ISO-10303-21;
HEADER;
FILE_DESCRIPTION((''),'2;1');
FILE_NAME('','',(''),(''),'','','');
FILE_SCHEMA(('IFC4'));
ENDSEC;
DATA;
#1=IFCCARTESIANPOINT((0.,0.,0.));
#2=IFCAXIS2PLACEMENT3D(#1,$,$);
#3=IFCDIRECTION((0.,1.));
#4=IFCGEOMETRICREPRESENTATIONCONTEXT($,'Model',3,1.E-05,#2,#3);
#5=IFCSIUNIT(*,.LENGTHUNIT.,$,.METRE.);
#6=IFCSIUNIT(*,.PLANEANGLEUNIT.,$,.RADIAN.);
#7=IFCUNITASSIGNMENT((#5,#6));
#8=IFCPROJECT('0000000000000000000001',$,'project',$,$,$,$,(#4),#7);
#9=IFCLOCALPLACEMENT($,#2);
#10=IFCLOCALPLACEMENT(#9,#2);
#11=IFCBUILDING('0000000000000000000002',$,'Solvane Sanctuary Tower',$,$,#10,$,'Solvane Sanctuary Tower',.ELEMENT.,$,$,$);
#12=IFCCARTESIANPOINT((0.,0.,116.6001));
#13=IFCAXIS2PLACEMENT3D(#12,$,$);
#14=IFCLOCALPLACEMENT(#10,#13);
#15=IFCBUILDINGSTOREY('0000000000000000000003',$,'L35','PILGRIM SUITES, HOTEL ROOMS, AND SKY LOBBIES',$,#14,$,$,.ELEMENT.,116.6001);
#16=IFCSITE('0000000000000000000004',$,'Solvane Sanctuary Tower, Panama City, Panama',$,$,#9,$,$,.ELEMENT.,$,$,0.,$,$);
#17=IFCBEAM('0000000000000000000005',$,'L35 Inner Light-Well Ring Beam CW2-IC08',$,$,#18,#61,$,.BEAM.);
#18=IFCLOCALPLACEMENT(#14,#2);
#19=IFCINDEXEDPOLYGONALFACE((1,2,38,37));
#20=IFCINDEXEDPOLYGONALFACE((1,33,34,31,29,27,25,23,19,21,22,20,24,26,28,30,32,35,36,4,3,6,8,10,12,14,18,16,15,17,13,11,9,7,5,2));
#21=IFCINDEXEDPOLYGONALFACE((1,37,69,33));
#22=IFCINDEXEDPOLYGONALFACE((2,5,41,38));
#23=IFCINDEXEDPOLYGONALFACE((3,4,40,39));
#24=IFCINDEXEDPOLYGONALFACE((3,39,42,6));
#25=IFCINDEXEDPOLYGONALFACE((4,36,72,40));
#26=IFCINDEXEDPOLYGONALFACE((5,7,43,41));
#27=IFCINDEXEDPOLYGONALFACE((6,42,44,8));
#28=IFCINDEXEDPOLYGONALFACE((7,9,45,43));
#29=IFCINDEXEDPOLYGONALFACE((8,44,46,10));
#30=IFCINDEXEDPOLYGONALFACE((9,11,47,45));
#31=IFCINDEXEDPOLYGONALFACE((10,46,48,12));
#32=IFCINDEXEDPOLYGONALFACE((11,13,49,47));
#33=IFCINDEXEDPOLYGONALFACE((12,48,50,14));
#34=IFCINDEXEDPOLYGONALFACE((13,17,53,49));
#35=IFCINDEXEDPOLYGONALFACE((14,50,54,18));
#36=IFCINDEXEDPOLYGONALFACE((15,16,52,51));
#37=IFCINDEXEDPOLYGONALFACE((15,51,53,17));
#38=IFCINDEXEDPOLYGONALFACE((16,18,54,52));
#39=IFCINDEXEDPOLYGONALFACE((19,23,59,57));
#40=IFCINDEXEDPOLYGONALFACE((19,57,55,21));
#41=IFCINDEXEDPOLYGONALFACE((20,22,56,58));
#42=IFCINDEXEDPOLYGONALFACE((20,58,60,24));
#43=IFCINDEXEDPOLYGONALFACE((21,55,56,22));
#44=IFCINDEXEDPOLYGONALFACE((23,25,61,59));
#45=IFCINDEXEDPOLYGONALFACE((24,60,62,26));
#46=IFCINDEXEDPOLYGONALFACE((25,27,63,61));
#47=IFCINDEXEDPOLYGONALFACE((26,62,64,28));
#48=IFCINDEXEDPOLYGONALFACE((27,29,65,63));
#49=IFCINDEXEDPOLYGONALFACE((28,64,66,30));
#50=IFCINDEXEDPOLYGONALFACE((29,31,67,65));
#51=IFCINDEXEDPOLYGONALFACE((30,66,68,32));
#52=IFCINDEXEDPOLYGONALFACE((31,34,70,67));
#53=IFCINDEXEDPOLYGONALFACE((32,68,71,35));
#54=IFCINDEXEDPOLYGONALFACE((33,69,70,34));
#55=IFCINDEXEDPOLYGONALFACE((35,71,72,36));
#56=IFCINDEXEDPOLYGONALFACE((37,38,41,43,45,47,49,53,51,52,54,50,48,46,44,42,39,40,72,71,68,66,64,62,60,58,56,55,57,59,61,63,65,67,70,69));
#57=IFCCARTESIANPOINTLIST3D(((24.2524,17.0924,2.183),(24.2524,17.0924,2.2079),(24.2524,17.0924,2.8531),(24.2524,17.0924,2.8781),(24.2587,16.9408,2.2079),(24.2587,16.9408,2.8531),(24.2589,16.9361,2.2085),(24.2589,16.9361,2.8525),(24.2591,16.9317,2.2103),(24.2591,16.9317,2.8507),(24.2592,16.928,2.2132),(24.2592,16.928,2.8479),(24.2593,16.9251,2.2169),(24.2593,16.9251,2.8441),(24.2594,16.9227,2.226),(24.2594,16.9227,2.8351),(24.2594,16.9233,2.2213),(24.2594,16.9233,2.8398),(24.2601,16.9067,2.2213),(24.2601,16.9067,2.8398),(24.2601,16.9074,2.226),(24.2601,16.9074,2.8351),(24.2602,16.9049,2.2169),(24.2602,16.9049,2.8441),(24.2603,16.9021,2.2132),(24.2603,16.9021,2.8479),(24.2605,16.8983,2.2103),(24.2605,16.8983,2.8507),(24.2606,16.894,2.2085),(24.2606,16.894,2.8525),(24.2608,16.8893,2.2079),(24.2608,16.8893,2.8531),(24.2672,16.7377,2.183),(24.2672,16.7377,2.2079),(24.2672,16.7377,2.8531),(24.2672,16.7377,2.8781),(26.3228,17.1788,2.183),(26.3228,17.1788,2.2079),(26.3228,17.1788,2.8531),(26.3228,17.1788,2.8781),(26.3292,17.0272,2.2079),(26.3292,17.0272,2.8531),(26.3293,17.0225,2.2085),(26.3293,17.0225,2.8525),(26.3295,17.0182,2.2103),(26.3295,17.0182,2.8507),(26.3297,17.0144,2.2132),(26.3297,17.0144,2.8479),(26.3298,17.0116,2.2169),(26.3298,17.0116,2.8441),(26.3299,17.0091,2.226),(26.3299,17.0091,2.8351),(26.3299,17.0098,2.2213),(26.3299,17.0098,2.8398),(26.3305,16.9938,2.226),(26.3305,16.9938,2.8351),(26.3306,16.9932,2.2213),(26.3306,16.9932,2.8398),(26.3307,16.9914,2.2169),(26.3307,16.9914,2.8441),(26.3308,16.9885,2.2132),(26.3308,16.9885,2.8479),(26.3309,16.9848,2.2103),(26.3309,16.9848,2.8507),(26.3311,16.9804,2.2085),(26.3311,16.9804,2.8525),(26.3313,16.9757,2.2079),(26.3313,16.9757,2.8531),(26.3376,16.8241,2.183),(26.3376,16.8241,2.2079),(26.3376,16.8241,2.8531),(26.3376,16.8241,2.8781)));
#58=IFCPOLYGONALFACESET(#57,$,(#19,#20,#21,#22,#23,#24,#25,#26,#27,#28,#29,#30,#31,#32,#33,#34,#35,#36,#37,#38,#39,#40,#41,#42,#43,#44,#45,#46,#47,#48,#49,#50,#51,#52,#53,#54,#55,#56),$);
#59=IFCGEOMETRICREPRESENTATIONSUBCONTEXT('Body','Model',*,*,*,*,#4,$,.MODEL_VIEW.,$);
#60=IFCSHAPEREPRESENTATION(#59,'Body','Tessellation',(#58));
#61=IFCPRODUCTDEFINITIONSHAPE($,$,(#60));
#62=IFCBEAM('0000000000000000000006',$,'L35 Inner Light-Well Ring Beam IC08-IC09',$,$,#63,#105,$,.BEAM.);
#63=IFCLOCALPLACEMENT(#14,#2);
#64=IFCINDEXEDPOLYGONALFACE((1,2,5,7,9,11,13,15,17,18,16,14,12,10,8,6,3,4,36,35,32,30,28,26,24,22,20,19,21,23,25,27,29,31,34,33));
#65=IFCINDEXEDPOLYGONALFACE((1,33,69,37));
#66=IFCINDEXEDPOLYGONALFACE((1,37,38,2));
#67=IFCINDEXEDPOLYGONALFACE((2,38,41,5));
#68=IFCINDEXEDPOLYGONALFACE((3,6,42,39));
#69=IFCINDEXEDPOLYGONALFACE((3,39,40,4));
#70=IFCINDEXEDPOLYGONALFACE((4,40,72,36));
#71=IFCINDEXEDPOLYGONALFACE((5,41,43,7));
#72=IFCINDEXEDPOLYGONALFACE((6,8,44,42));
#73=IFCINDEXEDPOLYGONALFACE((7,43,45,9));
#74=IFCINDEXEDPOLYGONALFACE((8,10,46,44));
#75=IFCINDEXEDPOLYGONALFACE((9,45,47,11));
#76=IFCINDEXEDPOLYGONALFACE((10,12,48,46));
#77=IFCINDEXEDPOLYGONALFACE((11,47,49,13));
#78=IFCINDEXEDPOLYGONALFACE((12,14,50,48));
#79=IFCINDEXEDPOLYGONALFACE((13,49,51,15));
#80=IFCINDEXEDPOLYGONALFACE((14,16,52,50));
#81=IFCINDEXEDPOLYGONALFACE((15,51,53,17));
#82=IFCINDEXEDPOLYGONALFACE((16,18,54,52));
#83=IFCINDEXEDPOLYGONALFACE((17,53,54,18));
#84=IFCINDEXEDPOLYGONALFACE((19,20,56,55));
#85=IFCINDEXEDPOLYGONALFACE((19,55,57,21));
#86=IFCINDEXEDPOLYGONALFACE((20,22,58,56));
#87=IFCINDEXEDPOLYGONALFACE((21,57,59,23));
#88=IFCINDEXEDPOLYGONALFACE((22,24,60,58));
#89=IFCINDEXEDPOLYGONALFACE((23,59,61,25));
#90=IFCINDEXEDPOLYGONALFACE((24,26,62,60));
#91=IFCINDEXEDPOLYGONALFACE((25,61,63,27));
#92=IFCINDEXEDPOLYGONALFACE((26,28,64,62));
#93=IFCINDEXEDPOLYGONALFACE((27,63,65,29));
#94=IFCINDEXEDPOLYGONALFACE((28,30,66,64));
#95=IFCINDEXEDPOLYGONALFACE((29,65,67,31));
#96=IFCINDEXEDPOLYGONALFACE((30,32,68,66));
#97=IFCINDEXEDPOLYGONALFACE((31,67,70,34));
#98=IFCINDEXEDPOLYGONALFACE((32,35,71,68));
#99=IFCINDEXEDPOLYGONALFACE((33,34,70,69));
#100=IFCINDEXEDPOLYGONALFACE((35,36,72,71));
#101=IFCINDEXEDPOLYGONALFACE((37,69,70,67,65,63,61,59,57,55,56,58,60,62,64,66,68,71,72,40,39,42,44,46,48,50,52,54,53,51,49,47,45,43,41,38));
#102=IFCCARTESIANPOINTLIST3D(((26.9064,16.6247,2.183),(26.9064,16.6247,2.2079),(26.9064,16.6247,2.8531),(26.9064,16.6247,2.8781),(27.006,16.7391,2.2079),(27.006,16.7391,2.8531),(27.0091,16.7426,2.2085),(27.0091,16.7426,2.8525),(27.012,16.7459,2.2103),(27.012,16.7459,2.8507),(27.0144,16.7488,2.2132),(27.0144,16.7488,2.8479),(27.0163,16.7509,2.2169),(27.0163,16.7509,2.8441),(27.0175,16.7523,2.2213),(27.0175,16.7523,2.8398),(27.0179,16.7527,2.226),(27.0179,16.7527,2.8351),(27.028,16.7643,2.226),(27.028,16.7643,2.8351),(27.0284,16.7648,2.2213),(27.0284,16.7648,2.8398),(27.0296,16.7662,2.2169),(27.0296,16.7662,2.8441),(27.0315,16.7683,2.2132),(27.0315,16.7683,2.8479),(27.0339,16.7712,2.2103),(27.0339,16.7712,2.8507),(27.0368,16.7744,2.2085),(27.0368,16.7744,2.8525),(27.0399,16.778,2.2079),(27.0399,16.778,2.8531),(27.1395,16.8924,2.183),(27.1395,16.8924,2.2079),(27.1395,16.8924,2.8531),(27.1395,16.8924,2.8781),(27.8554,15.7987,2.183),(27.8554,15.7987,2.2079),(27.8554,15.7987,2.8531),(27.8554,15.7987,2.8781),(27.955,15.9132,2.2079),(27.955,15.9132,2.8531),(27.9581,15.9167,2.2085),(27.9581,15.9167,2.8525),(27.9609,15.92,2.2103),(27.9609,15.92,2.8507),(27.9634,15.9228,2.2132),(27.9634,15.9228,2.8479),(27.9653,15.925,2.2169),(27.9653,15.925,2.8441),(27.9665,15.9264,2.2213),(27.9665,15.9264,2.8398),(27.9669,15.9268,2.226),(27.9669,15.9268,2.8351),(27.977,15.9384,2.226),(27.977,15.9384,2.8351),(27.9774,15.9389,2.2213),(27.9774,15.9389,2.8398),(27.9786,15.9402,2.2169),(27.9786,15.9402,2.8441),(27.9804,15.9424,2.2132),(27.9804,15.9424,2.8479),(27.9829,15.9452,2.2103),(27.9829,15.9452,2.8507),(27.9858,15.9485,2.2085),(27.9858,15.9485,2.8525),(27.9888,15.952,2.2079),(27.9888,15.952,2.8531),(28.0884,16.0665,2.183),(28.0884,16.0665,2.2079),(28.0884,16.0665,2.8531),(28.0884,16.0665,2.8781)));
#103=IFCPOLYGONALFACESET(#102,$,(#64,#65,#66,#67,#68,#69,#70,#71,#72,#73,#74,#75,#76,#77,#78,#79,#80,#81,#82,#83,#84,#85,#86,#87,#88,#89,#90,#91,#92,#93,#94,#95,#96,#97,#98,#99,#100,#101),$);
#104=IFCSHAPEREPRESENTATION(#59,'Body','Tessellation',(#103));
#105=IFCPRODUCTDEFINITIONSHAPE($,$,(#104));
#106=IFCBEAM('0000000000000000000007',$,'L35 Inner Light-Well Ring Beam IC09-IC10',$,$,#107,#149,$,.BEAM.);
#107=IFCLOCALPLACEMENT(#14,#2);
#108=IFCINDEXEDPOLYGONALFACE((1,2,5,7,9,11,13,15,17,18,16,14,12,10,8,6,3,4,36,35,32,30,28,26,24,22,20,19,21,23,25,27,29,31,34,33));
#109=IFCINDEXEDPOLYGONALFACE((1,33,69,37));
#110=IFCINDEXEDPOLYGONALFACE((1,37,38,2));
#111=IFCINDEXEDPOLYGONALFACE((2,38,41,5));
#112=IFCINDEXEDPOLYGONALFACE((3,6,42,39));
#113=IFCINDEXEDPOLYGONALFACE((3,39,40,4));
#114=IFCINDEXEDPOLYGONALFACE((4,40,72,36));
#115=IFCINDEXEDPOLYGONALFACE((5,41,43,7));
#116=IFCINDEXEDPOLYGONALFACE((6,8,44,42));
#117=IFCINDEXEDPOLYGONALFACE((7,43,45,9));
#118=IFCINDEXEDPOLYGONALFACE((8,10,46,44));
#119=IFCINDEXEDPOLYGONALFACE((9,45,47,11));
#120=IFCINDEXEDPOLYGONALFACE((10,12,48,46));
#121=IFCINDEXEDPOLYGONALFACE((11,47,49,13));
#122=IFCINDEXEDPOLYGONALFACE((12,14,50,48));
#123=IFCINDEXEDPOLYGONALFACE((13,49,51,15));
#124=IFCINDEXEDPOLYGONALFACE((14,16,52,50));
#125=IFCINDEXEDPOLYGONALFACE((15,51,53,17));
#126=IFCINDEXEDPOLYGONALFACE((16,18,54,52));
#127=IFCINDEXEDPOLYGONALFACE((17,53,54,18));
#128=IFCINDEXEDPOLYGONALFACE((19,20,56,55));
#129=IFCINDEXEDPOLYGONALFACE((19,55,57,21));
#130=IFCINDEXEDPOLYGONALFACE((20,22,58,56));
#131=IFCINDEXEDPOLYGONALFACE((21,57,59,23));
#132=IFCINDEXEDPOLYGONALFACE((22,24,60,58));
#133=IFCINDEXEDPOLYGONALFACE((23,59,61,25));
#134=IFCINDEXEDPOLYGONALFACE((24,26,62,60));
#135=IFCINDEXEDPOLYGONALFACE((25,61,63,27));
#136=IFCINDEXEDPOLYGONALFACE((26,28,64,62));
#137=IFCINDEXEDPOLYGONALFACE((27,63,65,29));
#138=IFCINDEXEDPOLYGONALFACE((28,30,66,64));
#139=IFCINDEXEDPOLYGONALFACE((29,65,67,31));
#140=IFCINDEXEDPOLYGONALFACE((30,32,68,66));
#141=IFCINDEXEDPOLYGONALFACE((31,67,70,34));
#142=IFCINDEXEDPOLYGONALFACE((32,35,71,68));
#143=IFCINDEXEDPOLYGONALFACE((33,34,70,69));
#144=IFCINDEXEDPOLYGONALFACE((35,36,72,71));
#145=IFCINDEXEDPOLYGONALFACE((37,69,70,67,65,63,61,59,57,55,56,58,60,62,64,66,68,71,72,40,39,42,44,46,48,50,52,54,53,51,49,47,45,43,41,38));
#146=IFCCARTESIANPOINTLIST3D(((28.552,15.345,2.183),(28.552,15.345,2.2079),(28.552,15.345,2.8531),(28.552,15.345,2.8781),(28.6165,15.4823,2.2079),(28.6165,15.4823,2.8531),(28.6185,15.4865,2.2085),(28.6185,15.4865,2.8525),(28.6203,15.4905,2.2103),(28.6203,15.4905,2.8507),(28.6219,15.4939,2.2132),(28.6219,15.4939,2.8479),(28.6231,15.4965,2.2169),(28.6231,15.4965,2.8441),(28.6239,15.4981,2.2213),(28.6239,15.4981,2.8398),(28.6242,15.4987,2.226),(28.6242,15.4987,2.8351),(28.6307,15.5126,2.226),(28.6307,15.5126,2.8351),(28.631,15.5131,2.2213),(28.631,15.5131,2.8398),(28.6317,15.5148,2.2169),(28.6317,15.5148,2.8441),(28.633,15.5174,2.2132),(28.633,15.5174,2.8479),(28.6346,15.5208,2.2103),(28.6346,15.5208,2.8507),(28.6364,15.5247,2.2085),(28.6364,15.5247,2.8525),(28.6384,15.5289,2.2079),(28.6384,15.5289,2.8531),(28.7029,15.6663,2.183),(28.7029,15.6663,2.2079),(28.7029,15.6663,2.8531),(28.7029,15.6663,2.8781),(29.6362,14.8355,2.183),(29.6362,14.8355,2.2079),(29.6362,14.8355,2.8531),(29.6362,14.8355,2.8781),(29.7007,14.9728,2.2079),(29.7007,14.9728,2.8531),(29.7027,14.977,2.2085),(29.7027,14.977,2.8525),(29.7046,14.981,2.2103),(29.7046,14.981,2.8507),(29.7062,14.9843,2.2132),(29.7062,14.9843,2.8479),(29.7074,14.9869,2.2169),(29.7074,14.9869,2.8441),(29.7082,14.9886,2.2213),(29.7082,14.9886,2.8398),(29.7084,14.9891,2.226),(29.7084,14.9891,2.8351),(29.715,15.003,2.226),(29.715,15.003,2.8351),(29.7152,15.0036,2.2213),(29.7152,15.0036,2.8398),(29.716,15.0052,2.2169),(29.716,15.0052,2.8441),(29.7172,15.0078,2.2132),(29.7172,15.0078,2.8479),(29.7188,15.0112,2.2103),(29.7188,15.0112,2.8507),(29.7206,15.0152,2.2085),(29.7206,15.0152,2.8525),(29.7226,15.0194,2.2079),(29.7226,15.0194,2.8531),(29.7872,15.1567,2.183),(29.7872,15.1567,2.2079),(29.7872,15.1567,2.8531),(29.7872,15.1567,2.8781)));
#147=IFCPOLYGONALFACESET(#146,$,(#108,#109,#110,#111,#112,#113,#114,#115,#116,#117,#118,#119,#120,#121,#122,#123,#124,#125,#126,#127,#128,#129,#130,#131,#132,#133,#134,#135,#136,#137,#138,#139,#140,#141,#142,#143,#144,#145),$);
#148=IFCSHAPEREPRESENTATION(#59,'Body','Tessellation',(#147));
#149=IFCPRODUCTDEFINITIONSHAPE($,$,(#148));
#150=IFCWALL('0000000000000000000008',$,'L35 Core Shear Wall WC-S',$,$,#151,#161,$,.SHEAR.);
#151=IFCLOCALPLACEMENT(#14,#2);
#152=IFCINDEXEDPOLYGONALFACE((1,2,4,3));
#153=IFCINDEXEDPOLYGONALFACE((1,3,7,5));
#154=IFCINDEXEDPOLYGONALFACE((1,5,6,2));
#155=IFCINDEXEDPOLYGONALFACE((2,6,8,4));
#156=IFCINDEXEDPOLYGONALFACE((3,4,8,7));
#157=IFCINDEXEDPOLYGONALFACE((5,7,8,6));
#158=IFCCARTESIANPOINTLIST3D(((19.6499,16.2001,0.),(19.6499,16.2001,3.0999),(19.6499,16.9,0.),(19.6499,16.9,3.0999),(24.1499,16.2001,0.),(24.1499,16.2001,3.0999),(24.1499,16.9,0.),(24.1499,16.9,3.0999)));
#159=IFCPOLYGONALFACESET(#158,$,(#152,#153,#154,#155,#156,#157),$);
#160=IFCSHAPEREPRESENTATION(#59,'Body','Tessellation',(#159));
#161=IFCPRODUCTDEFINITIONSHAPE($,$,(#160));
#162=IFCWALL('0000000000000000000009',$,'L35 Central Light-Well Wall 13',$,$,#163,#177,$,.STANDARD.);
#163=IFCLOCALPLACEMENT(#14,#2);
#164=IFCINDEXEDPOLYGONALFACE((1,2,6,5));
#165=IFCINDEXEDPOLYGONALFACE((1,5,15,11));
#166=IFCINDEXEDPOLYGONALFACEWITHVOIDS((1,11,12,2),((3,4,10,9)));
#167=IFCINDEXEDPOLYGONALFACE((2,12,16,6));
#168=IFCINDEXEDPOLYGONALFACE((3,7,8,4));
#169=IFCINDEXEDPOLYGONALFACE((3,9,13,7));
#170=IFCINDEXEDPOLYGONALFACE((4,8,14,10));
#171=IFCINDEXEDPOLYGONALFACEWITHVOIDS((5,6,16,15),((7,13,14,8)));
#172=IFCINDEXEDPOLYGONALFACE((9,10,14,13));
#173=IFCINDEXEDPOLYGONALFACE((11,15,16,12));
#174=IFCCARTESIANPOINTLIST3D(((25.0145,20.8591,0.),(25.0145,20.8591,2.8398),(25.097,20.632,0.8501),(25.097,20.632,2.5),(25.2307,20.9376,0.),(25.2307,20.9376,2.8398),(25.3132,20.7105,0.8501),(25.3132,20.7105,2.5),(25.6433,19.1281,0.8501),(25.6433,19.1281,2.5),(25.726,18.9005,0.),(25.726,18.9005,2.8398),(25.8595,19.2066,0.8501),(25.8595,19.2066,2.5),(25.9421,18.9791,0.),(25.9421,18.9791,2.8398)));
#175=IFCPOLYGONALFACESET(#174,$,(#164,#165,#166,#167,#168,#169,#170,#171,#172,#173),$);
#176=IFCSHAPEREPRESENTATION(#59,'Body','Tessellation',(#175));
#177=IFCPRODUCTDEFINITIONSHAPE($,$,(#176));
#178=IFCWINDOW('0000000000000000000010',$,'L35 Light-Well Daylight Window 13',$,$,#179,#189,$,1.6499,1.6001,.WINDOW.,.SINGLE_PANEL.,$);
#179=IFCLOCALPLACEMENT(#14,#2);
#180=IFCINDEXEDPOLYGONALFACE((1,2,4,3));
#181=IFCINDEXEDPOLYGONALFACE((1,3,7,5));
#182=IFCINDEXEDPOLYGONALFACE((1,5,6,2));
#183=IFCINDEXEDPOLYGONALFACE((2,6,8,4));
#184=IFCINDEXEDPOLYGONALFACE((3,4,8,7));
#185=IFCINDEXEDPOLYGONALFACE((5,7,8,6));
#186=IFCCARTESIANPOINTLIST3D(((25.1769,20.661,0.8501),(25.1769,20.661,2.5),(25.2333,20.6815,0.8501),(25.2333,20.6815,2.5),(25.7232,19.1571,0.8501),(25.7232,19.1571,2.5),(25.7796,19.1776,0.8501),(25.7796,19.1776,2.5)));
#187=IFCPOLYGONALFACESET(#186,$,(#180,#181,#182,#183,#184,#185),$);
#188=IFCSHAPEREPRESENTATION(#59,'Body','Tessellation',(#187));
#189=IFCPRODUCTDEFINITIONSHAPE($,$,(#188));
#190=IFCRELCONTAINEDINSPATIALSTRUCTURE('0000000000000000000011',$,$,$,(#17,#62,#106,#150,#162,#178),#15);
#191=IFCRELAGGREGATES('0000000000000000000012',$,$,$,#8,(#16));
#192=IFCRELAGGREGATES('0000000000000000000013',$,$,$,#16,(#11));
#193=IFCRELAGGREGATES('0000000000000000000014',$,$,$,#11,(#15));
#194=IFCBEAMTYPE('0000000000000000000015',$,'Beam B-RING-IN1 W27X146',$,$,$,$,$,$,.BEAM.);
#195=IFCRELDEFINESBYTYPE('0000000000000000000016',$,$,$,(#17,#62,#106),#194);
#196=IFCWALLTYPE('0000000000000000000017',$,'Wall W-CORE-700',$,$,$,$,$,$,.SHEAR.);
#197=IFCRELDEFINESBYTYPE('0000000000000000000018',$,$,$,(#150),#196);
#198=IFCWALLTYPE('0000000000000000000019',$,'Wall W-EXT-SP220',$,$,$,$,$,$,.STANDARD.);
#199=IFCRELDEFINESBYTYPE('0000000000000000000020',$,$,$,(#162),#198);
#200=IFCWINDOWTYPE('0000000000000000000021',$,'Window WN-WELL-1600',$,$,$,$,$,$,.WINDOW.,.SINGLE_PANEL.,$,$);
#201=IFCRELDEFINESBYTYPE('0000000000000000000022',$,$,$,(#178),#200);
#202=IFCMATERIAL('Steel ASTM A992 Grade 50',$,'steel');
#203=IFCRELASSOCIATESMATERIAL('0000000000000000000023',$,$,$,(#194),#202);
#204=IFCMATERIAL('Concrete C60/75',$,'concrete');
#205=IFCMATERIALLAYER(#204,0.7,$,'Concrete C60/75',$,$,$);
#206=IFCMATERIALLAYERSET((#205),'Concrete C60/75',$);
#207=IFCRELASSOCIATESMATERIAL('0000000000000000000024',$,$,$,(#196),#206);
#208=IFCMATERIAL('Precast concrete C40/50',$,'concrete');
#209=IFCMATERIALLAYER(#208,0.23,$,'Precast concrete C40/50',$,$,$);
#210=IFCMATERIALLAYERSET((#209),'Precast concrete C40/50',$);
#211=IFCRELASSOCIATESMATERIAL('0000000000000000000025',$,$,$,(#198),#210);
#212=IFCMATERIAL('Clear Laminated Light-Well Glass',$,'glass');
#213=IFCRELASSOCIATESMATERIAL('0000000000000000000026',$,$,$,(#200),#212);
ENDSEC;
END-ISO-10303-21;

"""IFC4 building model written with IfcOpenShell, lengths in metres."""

from ifc_helpers import new_model, si_unit, direction, frame, frame_2d, origin, origin_2d, place, context, subcontext, project, spatial, rectangle, i_section, extrude, material, layer, layer_set, material_profile, profile_set, type_object, element, fill, save


model = new_model("IFC4")

# Units and contexts
model_context = context("Model", 3, precision=1e-05, world=origin(), true_north=direction((0.0, 1.0)))
body_context = subcontext(model_context, "Body", "Model", "MODEL_VIEW")
ifc_project = project(units=[si_unit("LENGTHUNIT", "METRE"), si_unit("PLANEANGLEUNIT", "RADIAN")], contexts=[model_context])

# Site, building, storey
site_placement = place(None, origin())
site = spatial("IfcSite", under=ifc_project, at=site_placement, Name="Solvane Sanctuary Tower, Panama City, Panama", CompositionType="ELEMENT", RefElevation=0.0)
building_placement = place(site_placement, origin())
building = spatial("IfcBuilding", under=site, at=building_placement, Name="Solvane Sanctuary Tower", LongName="Solvane Sanctuary Tower", CompositionType="ELEMENT")
storey_placement = place(building_placement, frame((0.0, 0.0, 116.6001)))
storey = spatial("IfcBuildingStorey", under=building, at=storey_placement, Name="L35", Description="PILGRIM SUITES, HOTEL ROOMS, AND SKY LOBBIES", CompositionType="ELEMENT", Elevation=116.6001)

# Shared definitions
ifc_material_1 = material(Name="Concrete C60/75", Category="concrete")

# Beams
ifc_material_2 = material(Name="Steel ASTM A992 Grade 50", Category="steel")
ifc_material_profile_1 = material_profile(ifc_material_2, i_section(OverallWidth=0.355, OverallDepth=0.6951, WebThickness=0.0154, FlangeThickness=0.0249, FilletRadius=0.0181, at=origin_2d()), Name="W27X146")
ifc_profile_set_1 = profile_set([ifc_material_profile_1], Name="Steel ASTM A992 Grade 50")
beam_type_1 = type_object("IfcBeamType", Name="Beam B-RING-IN1 W27X146", PredefinedType="BEAM", material=ifc_profile_set_1)
beam_1_placement = place(storey_placement, frame((24.2598, 16.915, 2.5305), z_axis=(0.99913, 0.041704, 0.0), x_axis=(-0.041704, 0.99913, 0.0)))
element("IfcBeam", 1, at=beam_1_placement, inside=storey, type_object=beam_type_1, Name="L35 Inner Light-Well Ring Beam CW2-IC08", PredefinedType="BEAM", context=body_context, shape_type="SweptSolid", body=[
    extrude(i_section(OverallWidth=0.355, OverallDepth=0.6951, WebThickness=0.0154, FlangeThickness=0.0249, FilletRadius=0.0181, at=origin_2d()), origin(), (0.0, 0.0, 1.0), 2.0723),
])
beam_2_placement = place(storey_placement, frame((27.0229, 16.7585, 2.5305), z_axis=(0.754317, -0.65651, 0.0), x_axis=(0.65651, 0.754317, 0.0)))
element("IfcBeam", 2, at=beam_2_placement, inside=storey, type_object=beam_type_1, Name="L35 Inner Light-Well Ring Beam IC08-IC09", PredefinedType="BEAM", context=body_context, shape_type="SweptSolid", body=[
    extrude(i_section(OverallWidth=0.355, OverallDepth=0.6951, WebThickness=0.0154, FlangeThickness=0.0249, FilletRadius=0.0181, at=origin_2d()), origin(), (0.0, 0.0, 1.0), 1.2581),
])
beam_3_placement = place(storey_placement, frame((28.6274, 15.5056, 2.5305), z_axis=(0.905045, -0.425316, 0.0), x_axis=(0.425316, 0.905045, 0.0)))
element("IfcBeam", 3, at=beam_3_placement, inside=storey, type_object=beam_type_1, Name="L35 Inner Light-Well Ring Beam IC09-IC10", PredefinedType="BEAM", context=body_context, shape_type="SweptSolid", body=[
    extrude(i_section(OverallWidth=0.355, OverallDepth=0.6951, WebThickness=0.0154, FlangeThickness=0.0249, FilletRadius=0.0181, at=origin_2d()), origin(), (0.0, 0.0, 1.0), 1.198),
])

# Wall
ifc_layer_1 = layer(ifc_material_1, 0.7, Name="Concrete C60/75")
ifc_layer_set_1 = layer_set([ifc_layer_1], Name="Concrete C60/75")
wall_type_1 = type_object("IfcWallType", Name="Wall W-CORE-700", PredefinedType="SHEAR", material=ifc_layer_set_1)
wall_1_placement = place(storey_placement, frame((19.6499, 16.55, 0.0), z_axis=(0.0, 0.0, 1.0), x_axis=(1.0, 0.0, 0.0)))
element("IfcWall", 4, at=wall_1_placement, inside=storey, type_object=wall_type_1, Name="L35 Core Shear Wall WC-S", PredefinedType="SHEAR", context=body_context, shape_type="SweptSolid", body=[
    extrude(rectangle(XDim=4.5, YDim=0.7, at=frame_2d((2.25, 0.0))), origin(), (0.0, 0.0, 1.0), 3.0999),
])

# Wall, opening, window
ifc_material_3 = material(Name="Precast concrete C40/50", Category="concrete")
ifc_layer_2 = layer(ifc_material_3, 0.23, Name="Precast concrete C40/50")
ifc_layer_set_2 = layer_set([ifc_layer_2], Name="Precast concrete C40/50")
wall_type_2 = type_object("IfcWallType", Name="Wall W-EXT-SP220", PredefinedType="STANDARD", material=ifc_layer_set_2)
wall_2_placement = place(storey_placement, frame((25.1226, 20.8984, 0.0), z_axis=(0.0, 0.0, 1.0), x_axis=(0.341423, -0.93991, 0.0)))
wall_2 = element("IfcWall", 5, at=wall_2_placement, inside=storey, type_object=wall_type_2, Name="L35 Central Light-Well Wall 13", PredefinedType="STANDARD", context=body_context, shape_type="SweptSolid", body=[
    extrude(rectangle(XDim=2.0837, YDim=0.23, at=frame_2d((1.042, 0.0))), origin(), (0.0, 0.0, 1.0), 2.8398),
])
opening_1_placement = place(wall_2_placement, frame((0.2417, 0.0, 0.8501)))
opening_1 = element("IfcOpeningElement", 6, at=opening_1_placement, cuts=wall_2, PredefinedType="OPENING", context=body_context, shape_type="SweptSolid", body=[
    extrude(rectangle(XDim=1.6001, YDim=1.6499, at=frame_2d((0.8, 0.825))), frame((0.0, 0.125, 0.0), z_axis=(0.0, -1.0, 0.0), x_axis=(1.0, 0.0, 0.0)), (0.0, 0.0, 1.0), 0.25),
])
ifc_material_4 = material(Name="Clear Laminated Light-Well Glass", Category="glass")
window_type = type_object("IfcWindowType", Name="Window WN-WELL-1600", PartitioningType="SINGLE_PANEL", PredefinedType="WINDOW", material=ifc_material_4)
window_placement = place(opening_1_placement, origin())
window = element("IfcWindow", 7, at=window_placement, inside=storey, type_object=window_type, Name="L35 Light-Well Daylight Window 13", OverallHeight=1.6499, OverallWidth=1.6001, PartitioningType="SINGLE_PANEL", PredefinedType="WINDOW", context=body_context, shape_type="SweptSolid", body=[
    extrude(rectangle(XDim=1.6001, YDim=1.6499, at=frame_2d((0.8, 0.825))), frame((0.0, 0.03, 0.0), z_axis=(0.0, -1.0, 0.0), x_axis=(1.0, 0.0, 0.0)), (0.0, 0.0, 1.0), 0.0601),
])
fill(opening_1, window)

save(model, "model.ifc")
